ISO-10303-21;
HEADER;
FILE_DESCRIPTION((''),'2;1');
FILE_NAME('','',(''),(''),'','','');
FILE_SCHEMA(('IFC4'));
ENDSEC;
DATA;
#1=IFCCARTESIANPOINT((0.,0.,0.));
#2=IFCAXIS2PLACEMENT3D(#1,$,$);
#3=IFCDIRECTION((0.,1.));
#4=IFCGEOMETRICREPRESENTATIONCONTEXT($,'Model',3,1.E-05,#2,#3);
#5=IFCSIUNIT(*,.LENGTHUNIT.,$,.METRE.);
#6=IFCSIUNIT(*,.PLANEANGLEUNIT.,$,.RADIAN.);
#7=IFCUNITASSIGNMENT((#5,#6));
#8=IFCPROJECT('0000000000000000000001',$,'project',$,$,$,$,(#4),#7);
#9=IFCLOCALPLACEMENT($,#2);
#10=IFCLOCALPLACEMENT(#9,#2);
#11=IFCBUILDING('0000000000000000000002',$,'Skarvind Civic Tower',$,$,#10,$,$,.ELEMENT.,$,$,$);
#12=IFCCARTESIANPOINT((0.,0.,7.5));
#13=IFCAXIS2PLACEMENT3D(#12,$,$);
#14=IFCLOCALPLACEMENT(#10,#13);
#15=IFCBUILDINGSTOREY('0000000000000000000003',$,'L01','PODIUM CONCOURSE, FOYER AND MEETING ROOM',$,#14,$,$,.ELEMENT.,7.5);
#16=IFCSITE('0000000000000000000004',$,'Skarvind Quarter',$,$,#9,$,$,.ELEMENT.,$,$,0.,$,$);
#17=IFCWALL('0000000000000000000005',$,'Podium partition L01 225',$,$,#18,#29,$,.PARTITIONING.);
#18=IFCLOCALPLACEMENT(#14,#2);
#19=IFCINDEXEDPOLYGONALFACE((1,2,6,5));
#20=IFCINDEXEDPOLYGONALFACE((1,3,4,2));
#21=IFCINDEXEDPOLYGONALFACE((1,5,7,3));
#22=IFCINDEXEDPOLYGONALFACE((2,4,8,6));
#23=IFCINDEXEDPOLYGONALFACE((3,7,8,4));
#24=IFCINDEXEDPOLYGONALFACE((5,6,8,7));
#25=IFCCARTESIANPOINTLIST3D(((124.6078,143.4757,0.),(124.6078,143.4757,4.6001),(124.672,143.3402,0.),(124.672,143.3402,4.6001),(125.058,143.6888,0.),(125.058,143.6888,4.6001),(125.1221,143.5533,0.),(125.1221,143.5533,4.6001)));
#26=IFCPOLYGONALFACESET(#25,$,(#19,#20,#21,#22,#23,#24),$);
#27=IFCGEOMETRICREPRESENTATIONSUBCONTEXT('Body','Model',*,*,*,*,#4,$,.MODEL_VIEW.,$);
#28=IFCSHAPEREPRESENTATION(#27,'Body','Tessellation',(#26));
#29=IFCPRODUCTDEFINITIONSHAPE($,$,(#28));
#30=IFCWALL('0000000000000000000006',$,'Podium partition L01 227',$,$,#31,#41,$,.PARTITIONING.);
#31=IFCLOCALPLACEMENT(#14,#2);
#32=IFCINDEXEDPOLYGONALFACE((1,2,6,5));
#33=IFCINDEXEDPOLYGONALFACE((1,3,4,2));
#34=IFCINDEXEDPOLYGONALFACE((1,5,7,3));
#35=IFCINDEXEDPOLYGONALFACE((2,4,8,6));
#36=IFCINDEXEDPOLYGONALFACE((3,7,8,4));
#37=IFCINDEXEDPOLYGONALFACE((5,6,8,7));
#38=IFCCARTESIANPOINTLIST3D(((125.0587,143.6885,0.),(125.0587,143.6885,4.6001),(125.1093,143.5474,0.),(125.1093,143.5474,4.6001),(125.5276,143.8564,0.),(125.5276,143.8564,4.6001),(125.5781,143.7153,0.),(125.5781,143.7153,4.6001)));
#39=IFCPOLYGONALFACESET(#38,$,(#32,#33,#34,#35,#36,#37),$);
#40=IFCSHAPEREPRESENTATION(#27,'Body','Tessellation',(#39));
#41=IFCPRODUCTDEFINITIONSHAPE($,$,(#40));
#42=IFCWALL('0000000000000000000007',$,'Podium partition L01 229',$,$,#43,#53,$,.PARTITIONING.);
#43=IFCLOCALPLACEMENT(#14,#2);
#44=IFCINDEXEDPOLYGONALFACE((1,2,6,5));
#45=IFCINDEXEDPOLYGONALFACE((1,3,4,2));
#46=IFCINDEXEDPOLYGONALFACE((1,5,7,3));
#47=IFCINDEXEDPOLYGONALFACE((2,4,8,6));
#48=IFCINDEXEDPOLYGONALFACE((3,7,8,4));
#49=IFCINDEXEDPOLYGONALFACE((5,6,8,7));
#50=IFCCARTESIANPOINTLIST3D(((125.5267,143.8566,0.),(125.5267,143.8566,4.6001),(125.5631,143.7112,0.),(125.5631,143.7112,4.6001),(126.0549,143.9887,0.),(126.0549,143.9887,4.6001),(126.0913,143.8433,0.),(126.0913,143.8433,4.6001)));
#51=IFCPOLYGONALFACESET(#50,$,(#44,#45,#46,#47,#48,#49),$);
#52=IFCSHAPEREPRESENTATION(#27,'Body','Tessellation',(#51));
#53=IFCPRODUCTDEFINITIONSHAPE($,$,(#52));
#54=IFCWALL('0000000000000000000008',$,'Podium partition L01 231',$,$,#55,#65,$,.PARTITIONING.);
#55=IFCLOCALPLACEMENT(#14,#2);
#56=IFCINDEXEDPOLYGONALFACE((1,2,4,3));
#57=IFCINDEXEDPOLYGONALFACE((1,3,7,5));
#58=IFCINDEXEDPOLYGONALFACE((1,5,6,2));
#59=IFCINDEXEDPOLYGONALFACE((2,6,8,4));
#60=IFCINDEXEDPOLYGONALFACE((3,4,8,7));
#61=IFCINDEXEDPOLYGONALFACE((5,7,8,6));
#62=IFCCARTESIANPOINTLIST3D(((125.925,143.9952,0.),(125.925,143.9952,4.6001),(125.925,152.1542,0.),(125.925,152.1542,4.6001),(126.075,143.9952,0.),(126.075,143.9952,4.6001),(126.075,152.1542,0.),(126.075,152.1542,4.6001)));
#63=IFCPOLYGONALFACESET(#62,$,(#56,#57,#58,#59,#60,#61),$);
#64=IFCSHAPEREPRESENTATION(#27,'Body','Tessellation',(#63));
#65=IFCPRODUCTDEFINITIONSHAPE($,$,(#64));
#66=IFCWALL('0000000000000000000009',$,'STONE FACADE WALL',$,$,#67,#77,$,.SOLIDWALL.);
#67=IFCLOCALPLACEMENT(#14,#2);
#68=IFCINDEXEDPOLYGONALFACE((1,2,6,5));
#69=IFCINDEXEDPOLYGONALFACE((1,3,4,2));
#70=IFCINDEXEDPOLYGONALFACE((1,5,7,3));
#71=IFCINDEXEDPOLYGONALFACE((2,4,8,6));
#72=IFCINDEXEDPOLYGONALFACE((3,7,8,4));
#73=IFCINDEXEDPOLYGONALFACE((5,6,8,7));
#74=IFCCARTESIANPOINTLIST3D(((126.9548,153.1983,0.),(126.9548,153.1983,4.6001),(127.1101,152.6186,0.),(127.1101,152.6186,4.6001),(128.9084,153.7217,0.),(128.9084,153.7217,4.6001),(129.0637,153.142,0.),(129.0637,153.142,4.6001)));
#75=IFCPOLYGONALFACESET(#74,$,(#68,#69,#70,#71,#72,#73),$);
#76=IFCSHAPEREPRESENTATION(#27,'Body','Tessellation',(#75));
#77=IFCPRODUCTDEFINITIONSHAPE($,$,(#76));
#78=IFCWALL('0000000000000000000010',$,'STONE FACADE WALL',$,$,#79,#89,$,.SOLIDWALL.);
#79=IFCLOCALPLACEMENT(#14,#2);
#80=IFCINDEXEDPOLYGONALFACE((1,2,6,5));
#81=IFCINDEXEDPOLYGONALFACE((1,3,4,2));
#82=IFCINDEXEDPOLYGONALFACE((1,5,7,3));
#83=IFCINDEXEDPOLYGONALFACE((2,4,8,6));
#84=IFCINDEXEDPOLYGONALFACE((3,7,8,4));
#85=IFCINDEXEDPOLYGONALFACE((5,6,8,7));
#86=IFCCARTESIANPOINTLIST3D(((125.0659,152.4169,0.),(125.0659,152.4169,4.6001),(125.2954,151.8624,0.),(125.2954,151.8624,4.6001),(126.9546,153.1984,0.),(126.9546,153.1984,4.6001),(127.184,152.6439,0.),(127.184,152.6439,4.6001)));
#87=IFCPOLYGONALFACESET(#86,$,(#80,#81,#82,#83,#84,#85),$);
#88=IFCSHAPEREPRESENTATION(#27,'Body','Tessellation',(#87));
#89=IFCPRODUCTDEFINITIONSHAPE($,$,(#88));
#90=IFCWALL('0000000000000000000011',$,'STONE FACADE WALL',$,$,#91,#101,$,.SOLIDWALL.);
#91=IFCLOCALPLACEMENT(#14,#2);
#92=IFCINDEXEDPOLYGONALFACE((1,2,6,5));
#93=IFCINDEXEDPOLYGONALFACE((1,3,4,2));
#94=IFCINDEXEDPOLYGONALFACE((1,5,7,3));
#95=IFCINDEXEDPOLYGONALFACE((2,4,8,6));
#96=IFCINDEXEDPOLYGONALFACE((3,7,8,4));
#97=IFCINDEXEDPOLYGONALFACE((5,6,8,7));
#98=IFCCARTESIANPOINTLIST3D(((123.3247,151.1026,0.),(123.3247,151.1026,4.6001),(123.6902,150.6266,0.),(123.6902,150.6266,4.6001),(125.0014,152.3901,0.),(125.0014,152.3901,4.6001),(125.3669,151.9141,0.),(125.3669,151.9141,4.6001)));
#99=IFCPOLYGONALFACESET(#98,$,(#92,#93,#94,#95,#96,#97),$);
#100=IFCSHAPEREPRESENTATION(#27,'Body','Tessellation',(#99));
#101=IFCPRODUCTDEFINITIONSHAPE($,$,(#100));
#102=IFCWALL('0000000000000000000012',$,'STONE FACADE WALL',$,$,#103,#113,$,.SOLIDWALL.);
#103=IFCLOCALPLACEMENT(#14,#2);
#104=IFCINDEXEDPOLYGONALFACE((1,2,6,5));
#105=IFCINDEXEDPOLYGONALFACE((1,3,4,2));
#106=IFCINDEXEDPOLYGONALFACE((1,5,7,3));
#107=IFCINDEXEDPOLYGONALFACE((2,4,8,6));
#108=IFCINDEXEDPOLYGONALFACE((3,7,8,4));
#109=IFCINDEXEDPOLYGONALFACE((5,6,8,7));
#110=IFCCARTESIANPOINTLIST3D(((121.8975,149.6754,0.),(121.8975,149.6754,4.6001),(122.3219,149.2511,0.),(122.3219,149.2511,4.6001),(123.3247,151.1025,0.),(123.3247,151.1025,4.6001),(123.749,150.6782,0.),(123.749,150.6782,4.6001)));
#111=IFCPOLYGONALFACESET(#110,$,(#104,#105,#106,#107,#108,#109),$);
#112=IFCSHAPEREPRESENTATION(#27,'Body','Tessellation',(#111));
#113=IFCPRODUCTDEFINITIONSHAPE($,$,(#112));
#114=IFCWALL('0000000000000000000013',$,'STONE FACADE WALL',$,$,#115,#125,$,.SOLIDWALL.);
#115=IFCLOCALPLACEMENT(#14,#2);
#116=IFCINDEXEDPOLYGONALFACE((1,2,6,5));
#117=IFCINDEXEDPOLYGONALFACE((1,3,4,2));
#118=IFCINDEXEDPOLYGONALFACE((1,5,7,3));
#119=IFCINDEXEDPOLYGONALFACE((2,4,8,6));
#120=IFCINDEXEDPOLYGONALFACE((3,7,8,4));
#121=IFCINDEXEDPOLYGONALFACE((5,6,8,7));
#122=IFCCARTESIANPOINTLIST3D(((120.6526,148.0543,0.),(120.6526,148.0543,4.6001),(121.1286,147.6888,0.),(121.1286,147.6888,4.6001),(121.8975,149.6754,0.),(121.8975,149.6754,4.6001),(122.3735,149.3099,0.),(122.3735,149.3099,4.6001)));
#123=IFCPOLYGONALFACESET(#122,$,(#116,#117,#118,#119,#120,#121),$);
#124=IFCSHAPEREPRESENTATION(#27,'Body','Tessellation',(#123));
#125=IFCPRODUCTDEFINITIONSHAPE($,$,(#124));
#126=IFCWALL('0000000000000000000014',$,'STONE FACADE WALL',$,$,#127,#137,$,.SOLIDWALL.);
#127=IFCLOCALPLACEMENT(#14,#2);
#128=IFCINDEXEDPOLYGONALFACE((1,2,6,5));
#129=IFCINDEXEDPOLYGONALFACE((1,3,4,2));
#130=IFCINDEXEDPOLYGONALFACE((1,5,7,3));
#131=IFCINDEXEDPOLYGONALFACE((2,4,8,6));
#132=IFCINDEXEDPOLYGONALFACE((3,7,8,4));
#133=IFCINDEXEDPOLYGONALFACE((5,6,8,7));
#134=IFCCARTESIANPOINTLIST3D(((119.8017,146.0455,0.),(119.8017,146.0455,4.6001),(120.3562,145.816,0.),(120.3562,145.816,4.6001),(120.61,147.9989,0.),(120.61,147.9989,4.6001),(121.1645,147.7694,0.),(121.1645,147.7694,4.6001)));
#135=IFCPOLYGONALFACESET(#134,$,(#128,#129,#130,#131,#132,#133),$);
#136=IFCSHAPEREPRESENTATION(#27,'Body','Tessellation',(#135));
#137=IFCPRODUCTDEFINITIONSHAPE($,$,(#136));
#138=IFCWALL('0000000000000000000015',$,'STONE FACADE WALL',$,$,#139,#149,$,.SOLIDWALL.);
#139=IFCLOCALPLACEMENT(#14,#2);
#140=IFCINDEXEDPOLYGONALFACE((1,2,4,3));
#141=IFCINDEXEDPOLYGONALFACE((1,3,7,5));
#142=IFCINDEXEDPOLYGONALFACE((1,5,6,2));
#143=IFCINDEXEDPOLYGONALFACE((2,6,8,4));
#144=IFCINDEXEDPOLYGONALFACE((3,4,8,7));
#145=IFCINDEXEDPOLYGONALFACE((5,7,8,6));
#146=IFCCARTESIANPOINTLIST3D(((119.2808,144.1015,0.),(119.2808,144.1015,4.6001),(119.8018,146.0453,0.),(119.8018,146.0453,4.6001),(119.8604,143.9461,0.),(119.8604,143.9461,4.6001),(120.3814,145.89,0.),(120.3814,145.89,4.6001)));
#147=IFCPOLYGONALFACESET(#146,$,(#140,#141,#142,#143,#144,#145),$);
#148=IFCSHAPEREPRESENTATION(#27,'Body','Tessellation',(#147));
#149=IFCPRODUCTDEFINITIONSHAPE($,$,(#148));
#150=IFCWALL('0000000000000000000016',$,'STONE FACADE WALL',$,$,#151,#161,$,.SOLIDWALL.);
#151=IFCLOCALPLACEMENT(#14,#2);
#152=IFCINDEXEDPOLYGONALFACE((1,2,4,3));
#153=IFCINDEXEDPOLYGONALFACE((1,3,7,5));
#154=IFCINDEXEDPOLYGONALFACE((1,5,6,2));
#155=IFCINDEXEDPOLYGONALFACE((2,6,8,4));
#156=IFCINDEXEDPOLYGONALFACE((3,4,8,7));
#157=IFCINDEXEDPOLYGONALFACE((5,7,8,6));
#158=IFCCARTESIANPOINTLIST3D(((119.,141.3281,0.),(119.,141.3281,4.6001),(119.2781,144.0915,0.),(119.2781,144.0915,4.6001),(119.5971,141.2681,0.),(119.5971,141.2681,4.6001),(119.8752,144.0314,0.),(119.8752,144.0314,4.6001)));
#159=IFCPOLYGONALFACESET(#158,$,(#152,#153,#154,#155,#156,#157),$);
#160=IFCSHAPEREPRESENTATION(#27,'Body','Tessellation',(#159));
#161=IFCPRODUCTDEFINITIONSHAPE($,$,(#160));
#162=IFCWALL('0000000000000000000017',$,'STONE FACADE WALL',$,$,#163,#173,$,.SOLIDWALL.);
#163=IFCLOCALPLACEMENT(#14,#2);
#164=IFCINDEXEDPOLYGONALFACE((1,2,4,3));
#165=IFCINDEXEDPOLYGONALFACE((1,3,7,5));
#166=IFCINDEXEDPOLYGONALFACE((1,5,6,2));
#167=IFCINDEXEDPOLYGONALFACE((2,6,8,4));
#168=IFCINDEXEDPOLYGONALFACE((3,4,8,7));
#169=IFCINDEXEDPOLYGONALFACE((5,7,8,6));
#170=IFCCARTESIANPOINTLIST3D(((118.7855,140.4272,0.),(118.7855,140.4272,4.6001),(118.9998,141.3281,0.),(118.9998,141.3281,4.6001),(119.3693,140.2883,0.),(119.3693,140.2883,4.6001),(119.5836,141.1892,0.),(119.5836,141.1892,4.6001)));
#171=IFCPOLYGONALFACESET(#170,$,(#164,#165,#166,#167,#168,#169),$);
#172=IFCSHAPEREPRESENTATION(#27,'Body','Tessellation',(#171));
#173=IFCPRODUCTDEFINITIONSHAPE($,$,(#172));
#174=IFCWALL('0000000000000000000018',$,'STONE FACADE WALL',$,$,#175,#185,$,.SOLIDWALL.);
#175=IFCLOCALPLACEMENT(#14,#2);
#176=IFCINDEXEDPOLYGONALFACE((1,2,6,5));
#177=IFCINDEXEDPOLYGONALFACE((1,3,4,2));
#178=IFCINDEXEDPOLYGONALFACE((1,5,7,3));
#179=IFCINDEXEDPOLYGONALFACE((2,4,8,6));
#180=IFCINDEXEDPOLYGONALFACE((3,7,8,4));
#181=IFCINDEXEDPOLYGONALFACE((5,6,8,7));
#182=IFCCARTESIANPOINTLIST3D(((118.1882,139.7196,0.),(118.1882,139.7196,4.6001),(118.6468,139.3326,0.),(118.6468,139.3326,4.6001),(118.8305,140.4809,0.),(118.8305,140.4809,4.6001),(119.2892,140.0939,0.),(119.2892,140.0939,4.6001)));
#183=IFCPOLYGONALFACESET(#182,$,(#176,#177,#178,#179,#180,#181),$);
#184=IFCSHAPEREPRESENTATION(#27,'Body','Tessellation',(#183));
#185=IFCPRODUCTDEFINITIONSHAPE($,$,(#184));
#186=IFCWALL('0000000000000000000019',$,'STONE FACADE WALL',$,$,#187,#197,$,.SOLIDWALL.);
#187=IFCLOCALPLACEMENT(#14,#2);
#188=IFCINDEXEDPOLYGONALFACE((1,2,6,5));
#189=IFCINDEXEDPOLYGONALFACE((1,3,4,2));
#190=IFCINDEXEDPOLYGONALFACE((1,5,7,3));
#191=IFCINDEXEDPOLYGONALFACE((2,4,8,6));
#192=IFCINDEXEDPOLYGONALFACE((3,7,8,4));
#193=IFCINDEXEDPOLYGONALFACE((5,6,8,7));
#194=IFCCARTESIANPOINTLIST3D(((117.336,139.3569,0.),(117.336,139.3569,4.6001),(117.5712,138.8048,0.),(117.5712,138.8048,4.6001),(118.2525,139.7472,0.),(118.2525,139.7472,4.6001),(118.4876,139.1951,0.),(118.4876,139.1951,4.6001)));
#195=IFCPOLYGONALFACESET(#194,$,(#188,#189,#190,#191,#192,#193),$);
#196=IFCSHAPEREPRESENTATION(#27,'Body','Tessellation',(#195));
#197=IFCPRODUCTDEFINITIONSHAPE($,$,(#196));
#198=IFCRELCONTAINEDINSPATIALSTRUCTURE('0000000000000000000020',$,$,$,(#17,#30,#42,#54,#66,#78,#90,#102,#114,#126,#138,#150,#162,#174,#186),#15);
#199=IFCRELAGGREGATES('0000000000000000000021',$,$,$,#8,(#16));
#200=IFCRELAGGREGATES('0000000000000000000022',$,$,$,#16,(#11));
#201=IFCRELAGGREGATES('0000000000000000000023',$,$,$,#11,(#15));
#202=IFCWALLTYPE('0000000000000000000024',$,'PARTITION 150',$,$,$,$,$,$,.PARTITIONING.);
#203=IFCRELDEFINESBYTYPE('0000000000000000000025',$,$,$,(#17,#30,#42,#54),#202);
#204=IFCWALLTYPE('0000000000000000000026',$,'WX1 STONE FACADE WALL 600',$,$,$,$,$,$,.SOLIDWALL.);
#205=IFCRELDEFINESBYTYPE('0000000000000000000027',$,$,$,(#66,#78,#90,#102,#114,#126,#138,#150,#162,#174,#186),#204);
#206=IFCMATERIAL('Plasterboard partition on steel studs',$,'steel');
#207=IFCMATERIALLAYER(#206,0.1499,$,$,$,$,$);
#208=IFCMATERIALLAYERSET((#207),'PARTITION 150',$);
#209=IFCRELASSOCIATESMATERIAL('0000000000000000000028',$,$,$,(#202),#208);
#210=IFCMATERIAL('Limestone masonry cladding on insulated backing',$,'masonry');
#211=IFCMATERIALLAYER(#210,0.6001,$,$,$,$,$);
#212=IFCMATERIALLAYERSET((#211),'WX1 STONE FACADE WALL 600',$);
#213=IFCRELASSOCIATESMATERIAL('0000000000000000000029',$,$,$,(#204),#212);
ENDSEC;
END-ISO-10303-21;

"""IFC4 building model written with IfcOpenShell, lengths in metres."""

from ifc_helpers import new_model, si_unit, direction, frame, frame_2d, origin, place, context, subcontext, project, spatial, rectangle, extrude, material, layer, layer_set, type_object, element, save


model = new_model("IFC4")

# Units and contexts
model_context = context("Model", 3, precision=1e-05, world=origin(), true_north=direction((0.0, 1.0)))
body_context = subcontext(model_context, "Body", "Model", "MODEL_VIEW")
ifc_project = project(units=[si_unit("LENGTHUNIT", "METRE"), si_unit("PLANEANGLEUNIT", "RADIAN")], contexts=[model_context])

# Site, building, storey
site_placement = place(None, origin())
site = spatial("IfcSite", under=ifc_project, at=site_placement, Name="Skarvind Quarter", CompositionType="ELEMENT", RefElevation=0.0)
building_placement = place(site_placement, origin())
building = spatial("IfcBuilding", under=site, at=building_placement, Name="Skarvind Civic Tower", CompositionType="ELEMENT")
storey_placement = place(building_placement, frame((0.0, 0.0, 7.5)))
storey = spatial("IfcBuildingStorey", under=building, at=storey_placement, Name="L01", Description="PODIUM CONCOURSE, FOYER AND MEETING ROOM", CompositionType="ELEMENT", Elevation=7.5)

# Shared definitions
ifc_material_1 = material(Name="Plasterboard partition on steel studs", Category="steel")
ifc_layer_1 = layer(ifc_material_1, 0.1499)
ifc_layer_set_1 = layer_set([ifc_layer_1], Name="PARTITION 150")
wall_type_1 = type_object("IfcWallType", Name="PARTITION 150", PredefinedType="PARTITIONING", material=ifc_layer_set_1)

# Walls
for number, where, z_axis, x_axis, name in (
    (1, (124.6399, 143.408, 0.0), (0.0, 0.0, 1.0), (0.903828, 0.427897, 0.0), "Podium partition L01 225"),
    (2, (125.084, 143.6179, 0.0), (0.0, 0.0, 1.0), (0.941442, 0.337174, 0.0), "Podium partition L01 227"),
):
    element("IfcWall", number, at=place(storey_placement, frame(where, z_axis=z_axis, x_axis=x_axis)), inside=storey, type_object=wall_type_1, Name=name, PredefinedType="PARTITIONING", context=body_context, shape_type="SweptSolid", body=[
        extrude(rectangle(XDim=0.498, YDim=0.1499, at=frame_2d((0.249, 0.0))), origin(), (0.0, 0.0, 1.0), 4.6001),
    ])
wall_1_placement = place(storey_placement, frame((125.5449, 143.7839, 0.0), z_axis=(0.0, 0.0, 1.0), x_axis=(0.970116, 0.242641, 0.0)))
element("IfcWall", 3, at=wall_1_placement, inside=storey, type_object=wall_type_1, Name="Podium partition L01 229", PredefinedType="PARTITIONING", context=body_context, shape_type="SweptSolid", body=[
    extrude(rectangle(XDim=0.5444, YDim=0.1499, at=frame_2d((0.2722, 0.0))), origin(), (0.0, 0.0, 1.0), 4.6001),
])
wall_2_placement = place(storey_placement, frame((126.0, 143.9951, 0.0), z_axis=(0.0, 0.0, 1.0), x_axis=(0.0, 1.0, 0.0)))
element("IfcWall", 4, at=wall_2_placement, inside=storey, type_object=wall_type_1, Name="Podium partition L01 231", PredefinedType="PARTITIONING", context=body_context, shape_type="SweptSolid", body=[
    extrude(rectangle(XDim=8.1589, YDim=0.1499, at=frame_2d((4.0796, 0.0))), origin(), (0.0, 0.0, 1.0), 4.6001),
])
ifc_material_2 = material(Name="Limestone masonry cladding on insulated backing", Category="masonry")
ifc_layer_2 = layer(ifc_material_2, 0.6001)
ifc_layer_set_2 = layer_set([ifc_layer_2], Name="WX1 STONE FACADE WALL 600")
wall_type_2 = type_object("IfcWallType", Name="WX1 STONE FACADE WALL 600", PredefinedType="SOLIDWALL", material=ifc_layer_set_2)
wall_3_placement = place(storey_placement, frame((127.0325, 152.9084, 0.0), z_axis=(0.0, 0.0, 1.0), x_axis=(0.96593, 0.258804, 0.0)))
element("IfcWall", 5, at=wall_3_placement, inside=storey, type_object=wall_type_2, Name="STONE FACADE WALL", PredefinedType="SOLIDWALL", context=body_context, shape_type="SweptSolid", body=[
    extrude(rectangle(XDim=2.0225, YDim=0.6001, at=frame_2d((1.0112, 0.0))), origin(), (0.0, 0.0, 1.0), 4.6001),
])
wall_4_placement = place(storey_placement, frame((125.1807, 152.1396, 0.0), z_axis=(0.0, 0.0, 1.0), x_axis=(0.924021, 0.382341, 0.0)))
element("IfcWall", 6, at=wall_4_placement, inside=storey, type_object=wall_type_2, Name="STONE FACADE WALL", PredefinedType="SOLIDWALL", context=body_context, shape_type="SweptSolid", body=[
    extrude(rectangle(XDim=2.0439, YDim=0.6001, at=frame_2d((1.022, 0.0))), origin(), (0.0, 0.0, 1.0), 4.6001),
])
wall_5_placement = place(storey_placement, frame((123.5073, 150.8645, 0.0), z_axis=(0.0, 0.0, 1.0), x_axis=(0.79313, 0.609052, 0.0)))
element("IfcWall", 7, at=wall_5_placement, inside=storey, type_object=wall_type_2, Name="STONE FACADE WALL", PredefinedType="SOLIDWALL", context=body_context, shape_type="SweptSolid", body=[
    extrude(rectangle(XDim=2.114, YDim=0.6001, at=frame_2d((1.0571, 0.0))), origin(), (0.0, 0.0, 1.0), 4.6001),
])
wall_6_placement = place(storey_placement, frame((122.1096, 149.4631, 0.0), z_axis=(0.0, 0.0, 1.0), x_axis=(0.707107, 0.707107, 0.0)))
element("IfcWall", 8, at=wall_6_placement, inside=storey, type_object=wall_type_2, Name="STONE FACADE WALL", PredefinedType="SOLIDWALL", context=body_context, shape_type="SweptSolid", body=[
    extrude(rectangle(XDim=2.0183, YDim=0.6001, at=frame_2d((1.0093, 0.0))), origin(), (0.0, 0.0, 1.0), 4.6001),
])
wall_7_placement = place(storey_placement, frame((120.8906, 147.8716, 0.0), z_axis=(0.0, 0.0, 1.0), x_axis=(0.609058, 0.793125, 0.0)))
element("IfcWall", 9, at=wall_7_placement, inside=storey, type_object=wall_type_2, Name="STONE FACADE WALL", PredefinedType="SOLIDWALL", context=body_context, shape_type="SweptSolid", body=[
    extrude(rectangle(XDim=2.0439, YDim=0.6001, at=frame_2d((1.022, 0.0))), origin(), (0.0, 0.0, 1.0), 4.6001),
])
wall_8_placement = place(storey_placement, frame((120.0789, 145.9307, 0.0), z_axis=(0.0, 0.0, 1.0), x_axis=(0.382376, 0.924007, 0.0)))
element("IfcWall", 10, at=wall_8_placement, inside=storey, type_object=wall_type_2, Name="STONE FACADE WALL", PredefinedType="SOLIDWALL", context=body_context, shape_type="SweptSolid", body=[
    extrude(rectangle(XDim=2.114, YDim=0.6001, at=frame_2d((1.0571, 0.0))), origin(), (0.0, 0.0, 1.0), 4.6001),
])
wall_9_placement = place(storey_placement, frame((119.5706, 144.0237, 0.0), z_axis=(0.0, 0.0, 1.0), x_axis=(0.258886, 0.965908, 0.0)))
element("IfcWall", 11, at=wall_9_placement, inside=storey, type_object=wall_type_2, Name="STONE FACADE WALL", PredefinedType="SOLIDWALL", context=body_context, shape_type="SweptSolid", body=[
    extrude(rectangle(XDim=2.0125, YDim=0.6001, at=frame_2d((1.0063, 0.0))), origin(), (0.0, 0.0, 1.0), 4.6001),
])
wall_10_placement = place(storey_placement, frame((119.2986, 141.2981, 0.0), z_axis=(0.0, 0.0, 1.0), x_axis=(0.100122, 0.994975, 0.0)))
element("IfcWall", 12, at=wall_10_placement, inside=storey, type_object=wall_type_2, Name="STONE FACADE WALL", PredefinedType="SOLIDWALL", context=body_context, shape_type="SweptSolid", body=[
    extrude(rectangle(XDim=2.7773, YDim=0.6001, at=frame_2d((1.3887, 0.0))), origin(), (0.0, 0.0, 1.0), 4.6001),
])
wall_11_placement = place(storey_placement, frame((119.0774, 140.3579, 0.0), z_axis=(0.0, 0.0, 1.0), x_axis=(0.231478, 0.97284, 0.0)))
element("IfcWall", 13, at=wall_11_placement, inside=storey, type_object=wall_type_2, Name="STONE FACADE WALL", PredefinedType="SOLIDWALL", context=body_context, shape_type="SweptSolid", body=[
    extrude(rectangle(XDim=0.926, YDim=0.6001, at=frame_2d((0.4629, 0.0))), origin(), (0.0, 0.0, 1.0), 4.6001),
])
for number, where, z_axis, x_axis, name in (
    (14, (118.4175, 139.5261, 0.0), (0.0, 0.0, 1.0), (0.644898, 0.764269, 0.0), "STONE FACADE WALL"),
    (15, (117.4536, 139.0808, 0.0), (0.0, 0.0, 1.0), (0.920017, 0.391877, 0.0), "STONE FACADE WALL"),
):
    element("IfcWall", number, at=place(storey_placement, frame(where, z_axis=z_axis, x_axis=x_axis)), inside=storey, type_object=wall_type_2, Name=name, PredefinedType="SOLIDWALL", context=body_context, shape_type="SweptSolid", body=[
        extrude(rectangle(XDim=0.9961, YDim=0.6001, at=frame_2d((0.498, 0.0))), origin(), (0.0, 0.0, 1.0), 4.6001),
    ])

save(model, "model.ifc")
